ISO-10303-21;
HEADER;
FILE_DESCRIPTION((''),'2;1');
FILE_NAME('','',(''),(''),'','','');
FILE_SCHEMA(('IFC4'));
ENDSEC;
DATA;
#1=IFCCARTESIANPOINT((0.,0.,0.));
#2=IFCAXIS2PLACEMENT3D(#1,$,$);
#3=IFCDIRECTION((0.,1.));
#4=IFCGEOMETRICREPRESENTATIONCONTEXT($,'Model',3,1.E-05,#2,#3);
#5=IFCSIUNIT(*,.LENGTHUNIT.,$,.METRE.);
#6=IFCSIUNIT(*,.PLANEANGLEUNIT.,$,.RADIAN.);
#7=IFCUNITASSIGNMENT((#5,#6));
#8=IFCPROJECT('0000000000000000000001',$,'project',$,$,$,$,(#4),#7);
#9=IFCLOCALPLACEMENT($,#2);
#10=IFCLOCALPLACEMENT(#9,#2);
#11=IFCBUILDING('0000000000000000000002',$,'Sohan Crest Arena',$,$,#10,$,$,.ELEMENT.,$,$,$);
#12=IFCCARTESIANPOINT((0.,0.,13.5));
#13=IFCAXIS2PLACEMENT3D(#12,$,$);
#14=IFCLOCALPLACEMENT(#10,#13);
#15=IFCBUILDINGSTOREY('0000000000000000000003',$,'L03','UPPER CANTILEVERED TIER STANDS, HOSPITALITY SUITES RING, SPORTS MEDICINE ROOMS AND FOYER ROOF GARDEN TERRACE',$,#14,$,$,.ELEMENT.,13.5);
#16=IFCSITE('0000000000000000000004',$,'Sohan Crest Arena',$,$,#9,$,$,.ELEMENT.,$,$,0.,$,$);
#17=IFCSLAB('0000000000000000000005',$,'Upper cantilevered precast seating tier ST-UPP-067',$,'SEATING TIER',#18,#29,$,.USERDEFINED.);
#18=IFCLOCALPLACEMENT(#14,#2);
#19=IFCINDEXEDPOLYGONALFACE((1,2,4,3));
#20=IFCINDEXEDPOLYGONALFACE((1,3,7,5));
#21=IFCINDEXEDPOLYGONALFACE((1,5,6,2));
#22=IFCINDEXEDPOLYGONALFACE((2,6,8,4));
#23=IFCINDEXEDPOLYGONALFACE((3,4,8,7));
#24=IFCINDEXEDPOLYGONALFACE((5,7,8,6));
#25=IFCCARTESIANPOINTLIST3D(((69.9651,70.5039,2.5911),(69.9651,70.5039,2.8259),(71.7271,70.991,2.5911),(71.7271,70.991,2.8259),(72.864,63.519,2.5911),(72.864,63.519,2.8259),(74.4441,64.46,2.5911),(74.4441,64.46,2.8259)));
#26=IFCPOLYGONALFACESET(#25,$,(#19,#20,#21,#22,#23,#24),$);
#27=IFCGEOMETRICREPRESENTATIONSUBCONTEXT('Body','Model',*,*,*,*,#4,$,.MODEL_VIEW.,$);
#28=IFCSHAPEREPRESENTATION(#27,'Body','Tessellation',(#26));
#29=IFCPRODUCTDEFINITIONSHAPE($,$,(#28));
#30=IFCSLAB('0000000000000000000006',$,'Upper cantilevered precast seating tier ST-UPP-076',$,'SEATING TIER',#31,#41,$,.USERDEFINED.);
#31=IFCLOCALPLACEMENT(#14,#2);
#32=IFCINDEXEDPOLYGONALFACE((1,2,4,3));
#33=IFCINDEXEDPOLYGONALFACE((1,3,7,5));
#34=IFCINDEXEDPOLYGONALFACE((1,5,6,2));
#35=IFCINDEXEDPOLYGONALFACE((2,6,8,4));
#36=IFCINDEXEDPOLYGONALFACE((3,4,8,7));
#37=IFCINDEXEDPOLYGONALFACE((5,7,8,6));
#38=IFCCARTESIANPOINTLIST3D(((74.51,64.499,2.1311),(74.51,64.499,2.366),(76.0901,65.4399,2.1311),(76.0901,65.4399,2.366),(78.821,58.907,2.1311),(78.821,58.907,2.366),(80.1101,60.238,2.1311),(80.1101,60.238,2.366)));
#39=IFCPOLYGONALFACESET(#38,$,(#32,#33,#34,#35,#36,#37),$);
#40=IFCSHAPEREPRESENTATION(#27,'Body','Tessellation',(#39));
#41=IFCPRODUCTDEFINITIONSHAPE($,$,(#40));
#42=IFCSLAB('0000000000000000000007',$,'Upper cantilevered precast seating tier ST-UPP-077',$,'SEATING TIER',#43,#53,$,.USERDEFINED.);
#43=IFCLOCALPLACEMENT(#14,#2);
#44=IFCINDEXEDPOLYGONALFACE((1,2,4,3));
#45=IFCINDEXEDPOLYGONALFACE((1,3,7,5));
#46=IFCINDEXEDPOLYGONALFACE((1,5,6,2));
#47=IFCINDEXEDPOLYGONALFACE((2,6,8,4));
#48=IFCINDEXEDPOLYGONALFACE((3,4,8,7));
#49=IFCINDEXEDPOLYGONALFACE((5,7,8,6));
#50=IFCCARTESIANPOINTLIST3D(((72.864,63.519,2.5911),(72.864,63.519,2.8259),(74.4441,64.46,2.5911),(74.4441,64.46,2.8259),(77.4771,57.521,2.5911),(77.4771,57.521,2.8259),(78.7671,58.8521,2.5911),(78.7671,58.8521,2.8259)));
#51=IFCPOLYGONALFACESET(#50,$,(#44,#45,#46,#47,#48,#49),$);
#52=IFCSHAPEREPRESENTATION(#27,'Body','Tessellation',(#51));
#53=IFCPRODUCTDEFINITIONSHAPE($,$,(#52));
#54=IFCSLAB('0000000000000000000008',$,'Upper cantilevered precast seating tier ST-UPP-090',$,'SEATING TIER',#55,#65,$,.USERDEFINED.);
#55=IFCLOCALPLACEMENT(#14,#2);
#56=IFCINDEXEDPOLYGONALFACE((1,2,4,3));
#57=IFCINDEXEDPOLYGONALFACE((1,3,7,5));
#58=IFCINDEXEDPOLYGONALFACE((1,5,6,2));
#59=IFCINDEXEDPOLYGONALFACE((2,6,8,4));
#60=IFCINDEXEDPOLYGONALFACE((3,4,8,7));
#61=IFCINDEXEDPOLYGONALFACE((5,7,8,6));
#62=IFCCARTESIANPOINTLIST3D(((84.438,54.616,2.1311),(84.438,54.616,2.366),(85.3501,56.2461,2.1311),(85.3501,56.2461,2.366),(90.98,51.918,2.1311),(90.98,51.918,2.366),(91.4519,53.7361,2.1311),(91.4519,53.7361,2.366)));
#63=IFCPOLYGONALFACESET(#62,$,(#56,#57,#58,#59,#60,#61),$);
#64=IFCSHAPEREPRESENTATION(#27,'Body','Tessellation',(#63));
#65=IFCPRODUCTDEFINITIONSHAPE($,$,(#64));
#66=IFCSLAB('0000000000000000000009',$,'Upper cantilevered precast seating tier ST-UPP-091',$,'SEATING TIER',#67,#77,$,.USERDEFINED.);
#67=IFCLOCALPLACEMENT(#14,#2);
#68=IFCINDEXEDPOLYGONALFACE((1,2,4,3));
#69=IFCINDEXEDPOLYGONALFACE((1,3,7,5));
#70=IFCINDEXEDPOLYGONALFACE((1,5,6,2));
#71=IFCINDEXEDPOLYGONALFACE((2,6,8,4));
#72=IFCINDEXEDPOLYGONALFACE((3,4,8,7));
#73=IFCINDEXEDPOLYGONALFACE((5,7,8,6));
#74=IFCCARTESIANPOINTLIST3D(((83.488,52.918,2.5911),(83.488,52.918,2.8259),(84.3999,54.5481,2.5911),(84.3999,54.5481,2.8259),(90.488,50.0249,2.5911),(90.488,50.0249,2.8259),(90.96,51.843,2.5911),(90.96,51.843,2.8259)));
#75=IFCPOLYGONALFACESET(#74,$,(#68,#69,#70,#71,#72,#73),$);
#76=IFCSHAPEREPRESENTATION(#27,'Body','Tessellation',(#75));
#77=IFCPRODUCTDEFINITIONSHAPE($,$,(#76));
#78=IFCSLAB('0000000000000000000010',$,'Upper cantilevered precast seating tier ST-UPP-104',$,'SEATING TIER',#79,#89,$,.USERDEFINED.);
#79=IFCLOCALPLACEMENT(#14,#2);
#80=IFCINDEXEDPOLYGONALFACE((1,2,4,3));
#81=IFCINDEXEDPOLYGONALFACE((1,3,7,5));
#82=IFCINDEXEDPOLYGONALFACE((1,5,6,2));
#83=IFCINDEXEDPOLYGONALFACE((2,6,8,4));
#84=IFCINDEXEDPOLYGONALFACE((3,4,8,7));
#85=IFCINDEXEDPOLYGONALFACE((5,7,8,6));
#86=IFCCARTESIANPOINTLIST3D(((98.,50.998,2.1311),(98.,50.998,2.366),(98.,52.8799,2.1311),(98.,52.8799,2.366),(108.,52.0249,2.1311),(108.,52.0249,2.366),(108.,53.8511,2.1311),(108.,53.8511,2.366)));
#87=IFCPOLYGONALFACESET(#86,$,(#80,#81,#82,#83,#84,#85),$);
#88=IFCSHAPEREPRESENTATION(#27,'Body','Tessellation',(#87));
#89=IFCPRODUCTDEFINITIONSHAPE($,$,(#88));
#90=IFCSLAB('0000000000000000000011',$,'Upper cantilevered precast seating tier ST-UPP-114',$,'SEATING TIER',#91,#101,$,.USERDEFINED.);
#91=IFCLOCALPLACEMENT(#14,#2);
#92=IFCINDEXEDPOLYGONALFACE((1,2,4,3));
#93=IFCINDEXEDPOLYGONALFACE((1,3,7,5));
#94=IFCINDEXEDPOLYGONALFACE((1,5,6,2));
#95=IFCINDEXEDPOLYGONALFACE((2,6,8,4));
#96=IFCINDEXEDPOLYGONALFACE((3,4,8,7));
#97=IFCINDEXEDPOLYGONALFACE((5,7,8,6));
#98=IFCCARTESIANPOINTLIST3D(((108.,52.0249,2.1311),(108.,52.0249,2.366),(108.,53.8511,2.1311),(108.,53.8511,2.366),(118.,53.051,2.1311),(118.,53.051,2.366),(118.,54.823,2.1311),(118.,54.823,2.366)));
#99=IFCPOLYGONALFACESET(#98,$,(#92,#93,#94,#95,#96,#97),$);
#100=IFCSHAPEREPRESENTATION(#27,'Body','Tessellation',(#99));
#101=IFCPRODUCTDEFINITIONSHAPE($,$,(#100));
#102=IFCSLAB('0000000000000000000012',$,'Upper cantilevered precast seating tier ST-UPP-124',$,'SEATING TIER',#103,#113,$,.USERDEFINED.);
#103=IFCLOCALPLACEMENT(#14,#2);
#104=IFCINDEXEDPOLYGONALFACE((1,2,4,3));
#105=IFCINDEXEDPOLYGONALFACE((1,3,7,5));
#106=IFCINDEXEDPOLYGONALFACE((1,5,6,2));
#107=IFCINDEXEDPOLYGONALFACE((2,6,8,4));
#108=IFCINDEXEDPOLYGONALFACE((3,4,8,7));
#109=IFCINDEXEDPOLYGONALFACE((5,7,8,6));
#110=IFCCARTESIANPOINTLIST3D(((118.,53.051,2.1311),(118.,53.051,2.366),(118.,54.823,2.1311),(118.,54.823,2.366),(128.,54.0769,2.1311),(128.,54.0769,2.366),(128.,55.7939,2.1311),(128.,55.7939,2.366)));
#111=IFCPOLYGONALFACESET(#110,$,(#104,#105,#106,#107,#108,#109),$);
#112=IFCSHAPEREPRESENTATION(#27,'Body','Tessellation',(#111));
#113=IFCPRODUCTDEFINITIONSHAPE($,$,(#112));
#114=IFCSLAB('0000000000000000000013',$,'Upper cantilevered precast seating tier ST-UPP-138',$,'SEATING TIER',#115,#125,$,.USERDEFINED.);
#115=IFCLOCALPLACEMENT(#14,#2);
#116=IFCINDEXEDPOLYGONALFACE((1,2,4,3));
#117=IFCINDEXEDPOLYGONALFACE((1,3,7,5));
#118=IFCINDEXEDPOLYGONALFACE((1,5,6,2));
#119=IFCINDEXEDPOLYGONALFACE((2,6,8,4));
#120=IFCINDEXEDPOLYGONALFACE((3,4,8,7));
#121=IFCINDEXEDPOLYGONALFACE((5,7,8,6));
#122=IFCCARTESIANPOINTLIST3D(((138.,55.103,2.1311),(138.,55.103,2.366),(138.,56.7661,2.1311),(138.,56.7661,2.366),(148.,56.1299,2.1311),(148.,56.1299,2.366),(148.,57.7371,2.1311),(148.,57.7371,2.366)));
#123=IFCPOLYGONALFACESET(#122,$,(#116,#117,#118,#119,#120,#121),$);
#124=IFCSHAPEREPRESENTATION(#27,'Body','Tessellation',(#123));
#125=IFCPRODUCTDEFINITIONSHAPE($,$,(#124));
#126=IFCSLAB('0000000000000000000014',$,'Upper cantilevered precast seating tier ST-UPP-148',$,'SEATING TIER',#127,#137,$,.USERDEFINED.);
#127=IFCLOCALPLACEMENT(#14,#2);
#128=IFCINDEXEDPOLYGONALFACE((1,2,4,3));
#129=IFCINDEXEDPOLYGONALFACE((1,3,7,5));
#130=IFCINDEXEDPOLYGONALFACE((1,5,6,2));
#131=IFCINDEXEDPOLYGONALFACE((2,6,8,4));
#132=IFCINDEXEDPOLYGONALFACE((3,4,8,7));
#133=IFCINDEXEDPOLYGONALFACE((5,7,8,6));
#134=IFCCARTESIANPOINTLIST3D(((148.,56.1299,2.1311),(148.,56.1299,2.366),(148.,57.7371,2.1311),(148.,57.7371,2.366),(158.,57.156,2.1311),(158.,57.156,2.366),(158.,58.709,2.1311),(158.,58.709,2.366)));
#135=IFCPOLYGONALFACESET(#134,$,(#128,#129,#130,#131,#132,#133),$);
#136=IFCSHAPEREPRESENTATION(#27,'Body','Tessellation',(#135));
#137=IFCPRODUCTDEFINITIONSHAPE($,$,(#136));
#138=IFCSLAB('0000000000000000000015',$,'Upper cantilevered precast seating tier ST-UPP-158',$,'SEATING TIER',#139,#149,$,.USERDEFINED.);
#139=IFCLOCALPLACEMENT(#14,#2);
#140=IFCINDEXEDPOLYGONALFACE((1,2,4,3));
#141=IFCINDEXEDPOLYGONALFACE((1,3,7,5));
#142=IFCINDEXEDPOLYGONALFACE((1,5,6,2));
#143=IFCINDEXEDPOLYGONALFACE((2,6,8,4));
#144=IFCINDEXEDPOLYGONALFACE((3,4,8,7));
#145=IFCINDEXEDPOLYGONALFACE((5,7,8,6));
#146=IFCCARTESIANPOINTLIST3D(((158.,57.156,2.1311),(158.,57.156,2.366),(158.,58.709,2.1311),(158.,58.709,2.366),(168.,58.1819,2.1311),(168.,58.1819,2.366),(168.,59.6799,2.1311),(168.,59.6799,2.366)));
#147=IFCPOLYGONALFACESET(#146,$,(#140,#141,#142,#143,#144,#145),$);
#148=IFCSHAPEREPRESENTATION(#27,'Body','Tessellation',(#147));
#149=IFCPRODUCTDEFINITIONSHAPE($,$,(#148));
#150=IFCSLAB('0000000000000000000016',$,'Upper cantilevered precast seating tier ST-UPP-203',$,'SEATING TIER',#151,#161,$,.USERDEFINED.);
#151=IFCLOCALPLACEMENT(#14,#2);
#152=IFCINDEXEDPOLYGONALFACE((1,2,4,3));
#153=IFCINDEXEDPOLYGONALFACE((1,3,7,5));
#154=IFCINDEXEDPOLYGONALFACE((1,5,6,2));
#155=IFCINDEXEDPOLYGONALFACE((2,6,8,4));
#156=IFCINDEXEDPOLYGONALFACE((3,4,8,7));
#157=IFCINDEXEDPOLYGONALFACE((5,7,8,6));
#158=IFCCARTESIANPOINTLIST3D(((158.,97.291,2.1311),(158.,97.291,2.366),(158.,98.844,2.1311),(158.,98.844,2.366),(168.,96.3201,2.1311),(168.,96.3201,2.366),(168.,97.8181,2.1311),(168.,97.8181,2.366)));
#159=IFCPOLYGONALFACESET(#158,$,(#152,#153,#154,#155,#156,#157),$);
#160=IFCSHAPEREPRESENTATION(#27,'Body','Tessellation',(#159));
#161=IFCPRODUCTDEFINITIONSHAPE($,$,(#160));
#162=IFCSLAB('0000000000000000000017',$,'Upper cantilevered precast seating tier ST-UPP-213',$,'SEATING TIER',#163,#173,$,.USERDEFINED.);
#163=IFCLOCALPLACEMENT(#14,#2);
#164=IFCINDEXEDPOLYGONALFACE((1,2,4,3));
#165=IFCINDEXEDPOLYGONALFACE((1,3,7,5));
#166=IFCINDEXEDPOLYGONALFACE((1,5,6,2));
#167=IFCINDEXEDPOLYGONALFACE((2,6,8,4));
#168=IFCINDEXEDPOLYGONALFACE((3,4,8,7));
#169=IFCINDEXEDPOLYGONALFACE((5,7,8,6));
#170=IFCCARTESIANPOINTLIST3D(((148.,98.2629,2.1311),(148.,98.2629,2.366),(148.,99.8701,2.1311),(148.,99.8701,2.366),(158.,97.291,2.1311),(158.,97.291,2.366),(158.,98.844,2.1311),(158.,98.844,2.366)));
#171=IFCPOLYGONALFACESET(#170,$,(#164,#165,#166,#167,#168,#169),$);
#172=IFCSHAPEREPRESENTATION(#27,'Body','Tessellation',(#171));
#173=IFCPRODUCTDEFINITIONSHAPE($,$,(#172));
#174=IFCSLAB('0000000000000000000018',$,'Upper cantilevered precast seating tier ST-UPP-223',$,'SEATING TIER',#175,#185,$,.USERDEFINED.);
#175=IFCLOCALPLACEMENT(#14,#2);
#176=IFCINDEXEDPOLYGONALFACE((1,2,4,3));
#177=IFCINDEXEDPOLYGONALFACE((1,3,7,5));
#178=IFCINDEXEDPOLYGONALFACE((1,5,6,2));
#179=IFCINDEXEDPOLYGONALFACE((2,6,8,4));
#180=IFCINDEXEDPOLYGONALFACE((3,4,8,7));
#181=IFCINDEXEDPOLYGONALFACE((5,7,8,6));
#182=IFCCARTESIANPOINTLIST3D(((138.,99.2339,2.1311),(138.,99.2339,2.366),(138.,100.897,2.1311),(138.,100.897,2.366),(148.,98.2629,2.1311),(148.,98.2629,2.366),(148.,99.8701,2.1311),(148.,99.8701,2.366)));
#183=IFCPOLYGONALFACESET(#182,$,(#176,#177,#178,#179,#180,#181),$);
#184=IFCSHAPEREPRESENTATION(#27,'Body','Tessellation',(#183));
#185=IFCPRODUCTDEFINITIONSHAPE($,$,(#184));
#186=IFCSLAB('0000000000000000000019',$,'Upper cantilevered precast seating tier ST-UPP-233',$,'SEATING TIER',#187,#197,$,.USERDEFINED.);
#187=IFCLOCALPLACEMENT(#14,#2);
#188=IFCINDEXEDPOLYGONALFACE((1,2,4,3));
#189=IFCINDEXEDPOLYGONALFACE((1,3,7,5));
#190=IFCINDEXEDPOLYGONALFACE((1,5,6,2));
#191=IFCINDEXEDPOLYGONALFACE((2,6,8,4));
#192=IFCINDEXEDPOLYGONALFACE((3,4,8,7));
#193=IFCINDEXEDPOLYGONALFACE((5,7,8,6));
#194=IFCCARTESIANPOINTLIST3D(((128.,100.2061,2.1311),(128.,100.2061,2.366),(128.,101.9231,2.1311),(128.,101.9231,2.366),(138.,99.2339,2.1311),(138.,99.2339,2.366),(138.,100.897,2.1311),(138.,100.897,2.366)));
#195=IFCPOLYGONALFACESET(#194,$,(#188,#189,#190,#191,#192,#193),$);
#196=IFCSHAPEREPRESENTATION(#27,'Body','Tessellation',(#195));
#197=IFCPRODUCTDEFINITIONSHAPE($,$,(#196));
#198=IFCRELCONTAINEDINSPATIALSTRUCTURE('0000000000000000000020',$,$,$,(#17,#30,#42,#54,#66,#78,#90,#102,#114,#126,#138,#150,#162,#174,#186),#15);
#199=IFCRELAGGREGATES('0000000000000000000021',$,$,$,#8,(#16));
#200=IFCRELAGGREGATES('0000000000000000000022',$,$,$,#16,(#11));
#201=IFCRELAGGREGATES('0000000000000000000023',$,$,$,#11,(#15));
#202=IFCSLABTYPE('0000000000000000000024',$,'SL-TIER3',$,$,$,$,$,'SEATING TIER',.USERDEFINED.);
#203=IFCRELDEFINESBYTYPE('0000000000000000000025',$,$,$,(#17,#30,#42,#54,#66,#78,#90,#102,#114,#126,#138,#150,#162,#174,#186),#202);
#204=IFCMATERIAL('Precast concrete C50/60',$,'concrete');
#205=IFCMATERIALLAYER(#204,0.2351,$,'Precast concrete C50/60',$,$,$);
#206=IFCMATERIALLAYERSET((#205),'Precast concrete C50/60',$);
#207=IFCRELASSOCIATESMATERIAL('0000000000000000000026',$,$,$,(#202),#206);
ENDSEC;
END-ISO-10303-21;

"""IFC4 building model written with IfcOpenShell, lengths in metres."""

from ifc_helpers import new_model, si_unit, direction, frame, origin, place, context, subcontext, project, spatial, polyline, outline, extrude, material, layer, layer_set, type_object, element, save


model = new_model("IFC4")

# Units and contexts
model_context = context("Model", 3, precision=1e-05, world=origin(), true_north=direction((0.0, 1.0)))
body_context = subcontext(model_context, "Body", "Model", "MODEL_VIEW")
ifc_project = project(units=[si_unit("LENGTHUNIT", "METRE"), si_unit("PLANEANGLEUNIT", "RADIAN")], contexts=[model_context])

# Site, building, storey
site_placement = place(None, origin())
site = spatial("IfcSite", under=ifc_project, at=site_placement, Name="Sohan Crest Arena", CompositionType="ELEMENT", RefElevation=0.0)
building_placement = place(site_placement, origin())
building = spatial("IfcBuilding", under=site, at=building_placement, Name="Sohan Crest Arena", CompositionType="ELEMENT")
storey_placement = place(building_placement, frame((0.0, 0.0, 13.5)))
storey = spatial("IfcBuildingStorey", under=building, at=storey_placement, Name="L03", Description="UPPER CANTILEVERED TIER STANDS, HOSPITALITY SUITES RING, SPORTS MEDICINE ROOMS AND FOYER ROOF GARDEN TERRACE", CompositionType="ELEMENT", Elevation=13.5)

# Slabs
ifc_material = material(Name="Precast concrete C50/60", Category="concrete")
ifc_layer_1 = layer(ifc_material, 0.2351, Name="Precast concrete C50/60")
ifc_layer_set_1 = layer_set([ifc_layer_1], Name="Precast concrete C50/60")
slab_type_1 = type_object("IfcSlabType", Name="SL-TIER3", ElementType="SEATING TIER", PredefinedType="USERDEFINED", material=ifc_layer_set_1)
slab_1_placement = place(storey_placement, frame((0.0, 0.0, 2.5911)))
element("IfcSlab", 1, at=slab_1_placement, inside=storey, type_object=slab_type_1, Name="Upper cantilevered precast seating tier ST-UPP-067", ObjectType="SEATING TIER", PredefinedType="USERDEFINED", context=body_context, shape_type="SweptSolid", body=[
    extrude(outline(polyline([(71.7271, 70.991), (74.4441, 64.46), (72.864, 63.519), (69.9651, 70.5039), (71.7271, 70.991)])), origin(), (0.0, 0.0, 1.0), 0.2349),
])
slab_2_placement = place(storey_placement, frame((0.0, 0.0, 2.1311)))
element("IfcSlab", 2, at=slab_2_placement, inside=storey, type_object=slab_type_1, Name="Upper cantilevered precast seating tier ST-UPP-076", ObjectType="SEATING TIER", PredefinedType="USERDEFINED", context=body_context, shape_type="SweptSolid", body=[
    extrude(outline(polyline([(76.0901, 65.4399), (80.1101, 60.238), (78.821, 58.907), (74.51, 64.499), (76.0901, 65.4399)])), origin(), (0.0, 0.0, 1.0), 0.2349),
])
slab_3_placement = place(storey_placement, frame((0.0, 0.0, 2.5911)))
element("IfcSlab", 3, at=slab_3_placement, inside=storey, type_object=slab_type_1, Name="Upper cantilevered precast seating tier ST-UPP-077", ObjectType="SEATING TIER", PredefinedType="USERDEFINED", context=body_context, shape_type="SweptSolid", body=[
    extrude(outline(polyline([(74.4441, 64.46), (78.7671, 58.8521), (77.4771, 57.521), (72.864, 63.519), (74.4441, 64.46)])), origin(), (0.0, 0.0, 1.0), 0.2349),
])
slab_4_placement = place(storey_placement, frame((0.0, 0.0, 2.1311)))
element("IfcSlab", 4, at=slab_4_placement, inside=storey, type_object=slab_type_1, Name="Upper cantilevered precast seating tier ST-UPP-090", ObjectType="SEATING TIER", PredefinedType="USERDEFINED", context=body_context, shape_type="SweptSolid", body=[
    extrude(outline(polyline([(85.3501, 56.2461), (91.4519, 53.7361), (90.98, 51.918), (84.438, 54.616), (85.3501, 56.2461)])), origin(), (0.0, 0.0, 1.0), 0.2349),
])
slab_5_placement = place(storey_placement, frame((0.0, 0.0, 2.5911)))
element("IfcSlab", 5, at=slab_5_placement, inside=storey, type_object=slab_type_1, Name="Upper cantilevered precast seating tier ST-UPP-091", ObjectType="SEATING TIER", PredefinedType="USERDEFINED", context=body_context, shape_type="SweptSolid", body=[
    extrude(outline(polyline([(84.3999, 54.5481), (90.96, 51.843), (90.488, 50.0249), (83.488, 52.918), (84.3999, 54.5481)])), origin(), (0.0, 0.0, 1.0), 0.2349),
])
slab_6_placement = place(storey_placement, frame((0.0, 0.0, 2.1311)))
element("IfcSlab", 6, at=slab_6_placement, inside=storey, type_object=slab_type_1, Name="Upper cantilevered precast seating tier ST-UPP-104", ObjectType="SEATING TIER", PredefinedType="USERDEFINED", context=body_context, shape_type="SweptSolid", body=[
    extrude(outline(polyline([(98.0, 52.8799), (108.0, 53.8511), (108.0, 52.0249), (98.0, 50.998), (98.0, 52.8799)])), origin(), (0.0, 0.0, 1.0), 0.2349),
])
slab_7_placement = place(storey_placement, frame((0.0, 0.0, 2.1311)))
element("IfcSlab", 7, at=slab_7_placement, inside=storey, type_object=slab_type_1, Name="Upper cantilevered precast seating tier ST-UPP-114", ObjectType="SEATING TIER", PredefinedType="USERDEFINED", context=body_context, shape_type="SweptSolid", body=[
    extrude(outline(polyline([(108.0, 53.8511), (118.0, 54.823), (118.0, 53.051), (108.0, 52.0249), (108.0, 53.8511)])), origin(), (0.0, 0.0, 1.0), 0.2349),
])
slab_8_placement = place(storey_placement, frame((0.0, 0.0, 2.1311)))
element("IfcSlab", 8, at=slab_8_placement, inside=storey, type_object=slab_type_1, Name="Upper cantilevered precast seating tier ST-UPP-124", ObjectType="SEATING TIER", PredefinedType="USERDEFINED", context=body_context, shape_type="SweptSolid", body=[
    extrude(outline(polyline([(118.0, 54.823), (128.0, 55.7939), (128.0, 54.0769), (118.0, 53.051), (118.0, 54.823)])), origin(), (0.0, 0.0, 1.0), 0.2349),
])
slab_9_placement = place(storey_placement, frame((0.0, 0.0, 2.1311)))
element("IfcSlab", 9, at=slab_9_placement, inside=storey, type_object=slab_type_1, Name="Upper cantilevered precast seating tier ST-UPP-138", ObjectType="SEATING TIER", PredefinedType="USERDEFINED", context=body_context, shape_type="SweptSolid", body=[
    extrude(outline(polyline([(138.0, 56.7661), (148.0, 57.7371), (148.0, 56.1299), (138.0, 55.103), (138.0, 56.7661)])), origin(), (0.0, 0.0, 1.0), 0.2349),
])
slab_10_placement = place(storey_placement, frame((0.0, 0.0, 2.1311)))
element("IfcSlab", 10, at=slab_10_placement, inside=storey, type_object=slab_type_1, Name="Upper cantilevered precast seating tier ST-UPP-148", ObjectType="SEATING TIER", PredefinedType="USERDEFINED", context=body_context, shape_type="SweptSolid", body=[
    extrude(outline(polyline([(148.0, 57.7371), (158.0, 58.709), (158.0, 57.156), (148.0, 56.1299), (148.0, 57.7371)])), origin(), (0.0, 0.0, 1.0), 0.2349),
])
slab_11_placement = place(storey_placement, frame((0.0, 0.0, 2.1311)))
element("IfcSlab", 11, at=slab_11_placement, inside=storey, type_object=slab_type_1, Name="Upper cantilevered precast seating tier ST-UPP-158", ObjectType="SEATING TIER", PredefinedType="USERDEFINED", context=body_context, shape_type="SweptSolid", body=[
    extrude(outline(polyline([(158.0, 58.709), (168.0, 59.6799), (168.0, 58.1819), (158.0, 57.156), (158.0, 58.709)])), origin(), (0.0, 0.0, 1.0), 0.2349),
])
slab_12_placement = place(storey_placement, frame((0.0, 0.0, 2.1311)))
element("IfcSlab", 12, at=slab_12_placement, inside=storey, type_object=slab_type_1, Name="Upper cantilevered precast seating tier ST-UPP-203", ObjectType="SEATING TIER", PredefinedType="USERDEFINED", context=body_context, shape_type="SweptSolid", body=[
    extrude(outline(polyline([(168.0, 96.3201), (158.0, 97.291), (158.0, 98.844), (168.0, 97.8181), (168.0, 96.3201)])), origin(), (0.0, 0.0, 1.0), 0.2349),
])
slab_13_placement = place(storey_placement, frame((0.0, 0.0, 2.1311)))
element("IfcSlab", 13, at=slab_13_placement, inside=storey, type_object=slab_type_1, Name="Upper cantilevered precast seating tier ST-UPP-213", ObjectType="SEATING TIER", PredefinedType="USERDEFINED", context=body_context, shape_type="SweptSolid", body=[
    extrude(outline(polyline([(158.0, 97.291), (148.0, 98.2629), (148.0, 99.8701), (158.0, 98.844), (158.0, 97.291)])), origin(), (0.0, 0.0, 1.0), 0.2349),
])
slab_14_placement = place(storey_placement, frame((0.0, 0.0, 2.1311)))
element("IfcSlab", 14, at=slab_14_placement, inside=storey, type_object=slab_type_1, Name="Upper cantilevered precast seating tier ST-UPP-223", ObjectType="SEATING TIER", PredefinedType="USERDEFINED", context=body_context, shape_type="SweptSolid", body=[
    extrude(outline(polyline([(148.0, 98.2629), (138.0, 99.2339), (138.0, 100.897), (148.0, 99.8701), (148.0, 98.2629)])), origin(), (0.0, 0.0, 1.0), 0.2349),
])
slab_15_placement = place(storey_placement, frame((0.0, 0.0, 2.1311)))
element("IfcSlab", 15, at=slab_15_placement, inside=storey, type_object=slab_type_1, Name="Upper cantilevered precast seating tier ST-UPP-233", ObjectType="SEATING TIER", PredefinedType="USERDEFINED", context=body_context, shape_type="SweptSolid", body=[
    extrude(outline(polyline([(138.0, 99.2339), (128.0, 100.2061), (128.0, 101.9231), (138.0, 100.897), (138.0, 99.2339)])), origin(), (0.0, 0.0, 1.0), 0.2349),
])

save(model, "model.ifc")
